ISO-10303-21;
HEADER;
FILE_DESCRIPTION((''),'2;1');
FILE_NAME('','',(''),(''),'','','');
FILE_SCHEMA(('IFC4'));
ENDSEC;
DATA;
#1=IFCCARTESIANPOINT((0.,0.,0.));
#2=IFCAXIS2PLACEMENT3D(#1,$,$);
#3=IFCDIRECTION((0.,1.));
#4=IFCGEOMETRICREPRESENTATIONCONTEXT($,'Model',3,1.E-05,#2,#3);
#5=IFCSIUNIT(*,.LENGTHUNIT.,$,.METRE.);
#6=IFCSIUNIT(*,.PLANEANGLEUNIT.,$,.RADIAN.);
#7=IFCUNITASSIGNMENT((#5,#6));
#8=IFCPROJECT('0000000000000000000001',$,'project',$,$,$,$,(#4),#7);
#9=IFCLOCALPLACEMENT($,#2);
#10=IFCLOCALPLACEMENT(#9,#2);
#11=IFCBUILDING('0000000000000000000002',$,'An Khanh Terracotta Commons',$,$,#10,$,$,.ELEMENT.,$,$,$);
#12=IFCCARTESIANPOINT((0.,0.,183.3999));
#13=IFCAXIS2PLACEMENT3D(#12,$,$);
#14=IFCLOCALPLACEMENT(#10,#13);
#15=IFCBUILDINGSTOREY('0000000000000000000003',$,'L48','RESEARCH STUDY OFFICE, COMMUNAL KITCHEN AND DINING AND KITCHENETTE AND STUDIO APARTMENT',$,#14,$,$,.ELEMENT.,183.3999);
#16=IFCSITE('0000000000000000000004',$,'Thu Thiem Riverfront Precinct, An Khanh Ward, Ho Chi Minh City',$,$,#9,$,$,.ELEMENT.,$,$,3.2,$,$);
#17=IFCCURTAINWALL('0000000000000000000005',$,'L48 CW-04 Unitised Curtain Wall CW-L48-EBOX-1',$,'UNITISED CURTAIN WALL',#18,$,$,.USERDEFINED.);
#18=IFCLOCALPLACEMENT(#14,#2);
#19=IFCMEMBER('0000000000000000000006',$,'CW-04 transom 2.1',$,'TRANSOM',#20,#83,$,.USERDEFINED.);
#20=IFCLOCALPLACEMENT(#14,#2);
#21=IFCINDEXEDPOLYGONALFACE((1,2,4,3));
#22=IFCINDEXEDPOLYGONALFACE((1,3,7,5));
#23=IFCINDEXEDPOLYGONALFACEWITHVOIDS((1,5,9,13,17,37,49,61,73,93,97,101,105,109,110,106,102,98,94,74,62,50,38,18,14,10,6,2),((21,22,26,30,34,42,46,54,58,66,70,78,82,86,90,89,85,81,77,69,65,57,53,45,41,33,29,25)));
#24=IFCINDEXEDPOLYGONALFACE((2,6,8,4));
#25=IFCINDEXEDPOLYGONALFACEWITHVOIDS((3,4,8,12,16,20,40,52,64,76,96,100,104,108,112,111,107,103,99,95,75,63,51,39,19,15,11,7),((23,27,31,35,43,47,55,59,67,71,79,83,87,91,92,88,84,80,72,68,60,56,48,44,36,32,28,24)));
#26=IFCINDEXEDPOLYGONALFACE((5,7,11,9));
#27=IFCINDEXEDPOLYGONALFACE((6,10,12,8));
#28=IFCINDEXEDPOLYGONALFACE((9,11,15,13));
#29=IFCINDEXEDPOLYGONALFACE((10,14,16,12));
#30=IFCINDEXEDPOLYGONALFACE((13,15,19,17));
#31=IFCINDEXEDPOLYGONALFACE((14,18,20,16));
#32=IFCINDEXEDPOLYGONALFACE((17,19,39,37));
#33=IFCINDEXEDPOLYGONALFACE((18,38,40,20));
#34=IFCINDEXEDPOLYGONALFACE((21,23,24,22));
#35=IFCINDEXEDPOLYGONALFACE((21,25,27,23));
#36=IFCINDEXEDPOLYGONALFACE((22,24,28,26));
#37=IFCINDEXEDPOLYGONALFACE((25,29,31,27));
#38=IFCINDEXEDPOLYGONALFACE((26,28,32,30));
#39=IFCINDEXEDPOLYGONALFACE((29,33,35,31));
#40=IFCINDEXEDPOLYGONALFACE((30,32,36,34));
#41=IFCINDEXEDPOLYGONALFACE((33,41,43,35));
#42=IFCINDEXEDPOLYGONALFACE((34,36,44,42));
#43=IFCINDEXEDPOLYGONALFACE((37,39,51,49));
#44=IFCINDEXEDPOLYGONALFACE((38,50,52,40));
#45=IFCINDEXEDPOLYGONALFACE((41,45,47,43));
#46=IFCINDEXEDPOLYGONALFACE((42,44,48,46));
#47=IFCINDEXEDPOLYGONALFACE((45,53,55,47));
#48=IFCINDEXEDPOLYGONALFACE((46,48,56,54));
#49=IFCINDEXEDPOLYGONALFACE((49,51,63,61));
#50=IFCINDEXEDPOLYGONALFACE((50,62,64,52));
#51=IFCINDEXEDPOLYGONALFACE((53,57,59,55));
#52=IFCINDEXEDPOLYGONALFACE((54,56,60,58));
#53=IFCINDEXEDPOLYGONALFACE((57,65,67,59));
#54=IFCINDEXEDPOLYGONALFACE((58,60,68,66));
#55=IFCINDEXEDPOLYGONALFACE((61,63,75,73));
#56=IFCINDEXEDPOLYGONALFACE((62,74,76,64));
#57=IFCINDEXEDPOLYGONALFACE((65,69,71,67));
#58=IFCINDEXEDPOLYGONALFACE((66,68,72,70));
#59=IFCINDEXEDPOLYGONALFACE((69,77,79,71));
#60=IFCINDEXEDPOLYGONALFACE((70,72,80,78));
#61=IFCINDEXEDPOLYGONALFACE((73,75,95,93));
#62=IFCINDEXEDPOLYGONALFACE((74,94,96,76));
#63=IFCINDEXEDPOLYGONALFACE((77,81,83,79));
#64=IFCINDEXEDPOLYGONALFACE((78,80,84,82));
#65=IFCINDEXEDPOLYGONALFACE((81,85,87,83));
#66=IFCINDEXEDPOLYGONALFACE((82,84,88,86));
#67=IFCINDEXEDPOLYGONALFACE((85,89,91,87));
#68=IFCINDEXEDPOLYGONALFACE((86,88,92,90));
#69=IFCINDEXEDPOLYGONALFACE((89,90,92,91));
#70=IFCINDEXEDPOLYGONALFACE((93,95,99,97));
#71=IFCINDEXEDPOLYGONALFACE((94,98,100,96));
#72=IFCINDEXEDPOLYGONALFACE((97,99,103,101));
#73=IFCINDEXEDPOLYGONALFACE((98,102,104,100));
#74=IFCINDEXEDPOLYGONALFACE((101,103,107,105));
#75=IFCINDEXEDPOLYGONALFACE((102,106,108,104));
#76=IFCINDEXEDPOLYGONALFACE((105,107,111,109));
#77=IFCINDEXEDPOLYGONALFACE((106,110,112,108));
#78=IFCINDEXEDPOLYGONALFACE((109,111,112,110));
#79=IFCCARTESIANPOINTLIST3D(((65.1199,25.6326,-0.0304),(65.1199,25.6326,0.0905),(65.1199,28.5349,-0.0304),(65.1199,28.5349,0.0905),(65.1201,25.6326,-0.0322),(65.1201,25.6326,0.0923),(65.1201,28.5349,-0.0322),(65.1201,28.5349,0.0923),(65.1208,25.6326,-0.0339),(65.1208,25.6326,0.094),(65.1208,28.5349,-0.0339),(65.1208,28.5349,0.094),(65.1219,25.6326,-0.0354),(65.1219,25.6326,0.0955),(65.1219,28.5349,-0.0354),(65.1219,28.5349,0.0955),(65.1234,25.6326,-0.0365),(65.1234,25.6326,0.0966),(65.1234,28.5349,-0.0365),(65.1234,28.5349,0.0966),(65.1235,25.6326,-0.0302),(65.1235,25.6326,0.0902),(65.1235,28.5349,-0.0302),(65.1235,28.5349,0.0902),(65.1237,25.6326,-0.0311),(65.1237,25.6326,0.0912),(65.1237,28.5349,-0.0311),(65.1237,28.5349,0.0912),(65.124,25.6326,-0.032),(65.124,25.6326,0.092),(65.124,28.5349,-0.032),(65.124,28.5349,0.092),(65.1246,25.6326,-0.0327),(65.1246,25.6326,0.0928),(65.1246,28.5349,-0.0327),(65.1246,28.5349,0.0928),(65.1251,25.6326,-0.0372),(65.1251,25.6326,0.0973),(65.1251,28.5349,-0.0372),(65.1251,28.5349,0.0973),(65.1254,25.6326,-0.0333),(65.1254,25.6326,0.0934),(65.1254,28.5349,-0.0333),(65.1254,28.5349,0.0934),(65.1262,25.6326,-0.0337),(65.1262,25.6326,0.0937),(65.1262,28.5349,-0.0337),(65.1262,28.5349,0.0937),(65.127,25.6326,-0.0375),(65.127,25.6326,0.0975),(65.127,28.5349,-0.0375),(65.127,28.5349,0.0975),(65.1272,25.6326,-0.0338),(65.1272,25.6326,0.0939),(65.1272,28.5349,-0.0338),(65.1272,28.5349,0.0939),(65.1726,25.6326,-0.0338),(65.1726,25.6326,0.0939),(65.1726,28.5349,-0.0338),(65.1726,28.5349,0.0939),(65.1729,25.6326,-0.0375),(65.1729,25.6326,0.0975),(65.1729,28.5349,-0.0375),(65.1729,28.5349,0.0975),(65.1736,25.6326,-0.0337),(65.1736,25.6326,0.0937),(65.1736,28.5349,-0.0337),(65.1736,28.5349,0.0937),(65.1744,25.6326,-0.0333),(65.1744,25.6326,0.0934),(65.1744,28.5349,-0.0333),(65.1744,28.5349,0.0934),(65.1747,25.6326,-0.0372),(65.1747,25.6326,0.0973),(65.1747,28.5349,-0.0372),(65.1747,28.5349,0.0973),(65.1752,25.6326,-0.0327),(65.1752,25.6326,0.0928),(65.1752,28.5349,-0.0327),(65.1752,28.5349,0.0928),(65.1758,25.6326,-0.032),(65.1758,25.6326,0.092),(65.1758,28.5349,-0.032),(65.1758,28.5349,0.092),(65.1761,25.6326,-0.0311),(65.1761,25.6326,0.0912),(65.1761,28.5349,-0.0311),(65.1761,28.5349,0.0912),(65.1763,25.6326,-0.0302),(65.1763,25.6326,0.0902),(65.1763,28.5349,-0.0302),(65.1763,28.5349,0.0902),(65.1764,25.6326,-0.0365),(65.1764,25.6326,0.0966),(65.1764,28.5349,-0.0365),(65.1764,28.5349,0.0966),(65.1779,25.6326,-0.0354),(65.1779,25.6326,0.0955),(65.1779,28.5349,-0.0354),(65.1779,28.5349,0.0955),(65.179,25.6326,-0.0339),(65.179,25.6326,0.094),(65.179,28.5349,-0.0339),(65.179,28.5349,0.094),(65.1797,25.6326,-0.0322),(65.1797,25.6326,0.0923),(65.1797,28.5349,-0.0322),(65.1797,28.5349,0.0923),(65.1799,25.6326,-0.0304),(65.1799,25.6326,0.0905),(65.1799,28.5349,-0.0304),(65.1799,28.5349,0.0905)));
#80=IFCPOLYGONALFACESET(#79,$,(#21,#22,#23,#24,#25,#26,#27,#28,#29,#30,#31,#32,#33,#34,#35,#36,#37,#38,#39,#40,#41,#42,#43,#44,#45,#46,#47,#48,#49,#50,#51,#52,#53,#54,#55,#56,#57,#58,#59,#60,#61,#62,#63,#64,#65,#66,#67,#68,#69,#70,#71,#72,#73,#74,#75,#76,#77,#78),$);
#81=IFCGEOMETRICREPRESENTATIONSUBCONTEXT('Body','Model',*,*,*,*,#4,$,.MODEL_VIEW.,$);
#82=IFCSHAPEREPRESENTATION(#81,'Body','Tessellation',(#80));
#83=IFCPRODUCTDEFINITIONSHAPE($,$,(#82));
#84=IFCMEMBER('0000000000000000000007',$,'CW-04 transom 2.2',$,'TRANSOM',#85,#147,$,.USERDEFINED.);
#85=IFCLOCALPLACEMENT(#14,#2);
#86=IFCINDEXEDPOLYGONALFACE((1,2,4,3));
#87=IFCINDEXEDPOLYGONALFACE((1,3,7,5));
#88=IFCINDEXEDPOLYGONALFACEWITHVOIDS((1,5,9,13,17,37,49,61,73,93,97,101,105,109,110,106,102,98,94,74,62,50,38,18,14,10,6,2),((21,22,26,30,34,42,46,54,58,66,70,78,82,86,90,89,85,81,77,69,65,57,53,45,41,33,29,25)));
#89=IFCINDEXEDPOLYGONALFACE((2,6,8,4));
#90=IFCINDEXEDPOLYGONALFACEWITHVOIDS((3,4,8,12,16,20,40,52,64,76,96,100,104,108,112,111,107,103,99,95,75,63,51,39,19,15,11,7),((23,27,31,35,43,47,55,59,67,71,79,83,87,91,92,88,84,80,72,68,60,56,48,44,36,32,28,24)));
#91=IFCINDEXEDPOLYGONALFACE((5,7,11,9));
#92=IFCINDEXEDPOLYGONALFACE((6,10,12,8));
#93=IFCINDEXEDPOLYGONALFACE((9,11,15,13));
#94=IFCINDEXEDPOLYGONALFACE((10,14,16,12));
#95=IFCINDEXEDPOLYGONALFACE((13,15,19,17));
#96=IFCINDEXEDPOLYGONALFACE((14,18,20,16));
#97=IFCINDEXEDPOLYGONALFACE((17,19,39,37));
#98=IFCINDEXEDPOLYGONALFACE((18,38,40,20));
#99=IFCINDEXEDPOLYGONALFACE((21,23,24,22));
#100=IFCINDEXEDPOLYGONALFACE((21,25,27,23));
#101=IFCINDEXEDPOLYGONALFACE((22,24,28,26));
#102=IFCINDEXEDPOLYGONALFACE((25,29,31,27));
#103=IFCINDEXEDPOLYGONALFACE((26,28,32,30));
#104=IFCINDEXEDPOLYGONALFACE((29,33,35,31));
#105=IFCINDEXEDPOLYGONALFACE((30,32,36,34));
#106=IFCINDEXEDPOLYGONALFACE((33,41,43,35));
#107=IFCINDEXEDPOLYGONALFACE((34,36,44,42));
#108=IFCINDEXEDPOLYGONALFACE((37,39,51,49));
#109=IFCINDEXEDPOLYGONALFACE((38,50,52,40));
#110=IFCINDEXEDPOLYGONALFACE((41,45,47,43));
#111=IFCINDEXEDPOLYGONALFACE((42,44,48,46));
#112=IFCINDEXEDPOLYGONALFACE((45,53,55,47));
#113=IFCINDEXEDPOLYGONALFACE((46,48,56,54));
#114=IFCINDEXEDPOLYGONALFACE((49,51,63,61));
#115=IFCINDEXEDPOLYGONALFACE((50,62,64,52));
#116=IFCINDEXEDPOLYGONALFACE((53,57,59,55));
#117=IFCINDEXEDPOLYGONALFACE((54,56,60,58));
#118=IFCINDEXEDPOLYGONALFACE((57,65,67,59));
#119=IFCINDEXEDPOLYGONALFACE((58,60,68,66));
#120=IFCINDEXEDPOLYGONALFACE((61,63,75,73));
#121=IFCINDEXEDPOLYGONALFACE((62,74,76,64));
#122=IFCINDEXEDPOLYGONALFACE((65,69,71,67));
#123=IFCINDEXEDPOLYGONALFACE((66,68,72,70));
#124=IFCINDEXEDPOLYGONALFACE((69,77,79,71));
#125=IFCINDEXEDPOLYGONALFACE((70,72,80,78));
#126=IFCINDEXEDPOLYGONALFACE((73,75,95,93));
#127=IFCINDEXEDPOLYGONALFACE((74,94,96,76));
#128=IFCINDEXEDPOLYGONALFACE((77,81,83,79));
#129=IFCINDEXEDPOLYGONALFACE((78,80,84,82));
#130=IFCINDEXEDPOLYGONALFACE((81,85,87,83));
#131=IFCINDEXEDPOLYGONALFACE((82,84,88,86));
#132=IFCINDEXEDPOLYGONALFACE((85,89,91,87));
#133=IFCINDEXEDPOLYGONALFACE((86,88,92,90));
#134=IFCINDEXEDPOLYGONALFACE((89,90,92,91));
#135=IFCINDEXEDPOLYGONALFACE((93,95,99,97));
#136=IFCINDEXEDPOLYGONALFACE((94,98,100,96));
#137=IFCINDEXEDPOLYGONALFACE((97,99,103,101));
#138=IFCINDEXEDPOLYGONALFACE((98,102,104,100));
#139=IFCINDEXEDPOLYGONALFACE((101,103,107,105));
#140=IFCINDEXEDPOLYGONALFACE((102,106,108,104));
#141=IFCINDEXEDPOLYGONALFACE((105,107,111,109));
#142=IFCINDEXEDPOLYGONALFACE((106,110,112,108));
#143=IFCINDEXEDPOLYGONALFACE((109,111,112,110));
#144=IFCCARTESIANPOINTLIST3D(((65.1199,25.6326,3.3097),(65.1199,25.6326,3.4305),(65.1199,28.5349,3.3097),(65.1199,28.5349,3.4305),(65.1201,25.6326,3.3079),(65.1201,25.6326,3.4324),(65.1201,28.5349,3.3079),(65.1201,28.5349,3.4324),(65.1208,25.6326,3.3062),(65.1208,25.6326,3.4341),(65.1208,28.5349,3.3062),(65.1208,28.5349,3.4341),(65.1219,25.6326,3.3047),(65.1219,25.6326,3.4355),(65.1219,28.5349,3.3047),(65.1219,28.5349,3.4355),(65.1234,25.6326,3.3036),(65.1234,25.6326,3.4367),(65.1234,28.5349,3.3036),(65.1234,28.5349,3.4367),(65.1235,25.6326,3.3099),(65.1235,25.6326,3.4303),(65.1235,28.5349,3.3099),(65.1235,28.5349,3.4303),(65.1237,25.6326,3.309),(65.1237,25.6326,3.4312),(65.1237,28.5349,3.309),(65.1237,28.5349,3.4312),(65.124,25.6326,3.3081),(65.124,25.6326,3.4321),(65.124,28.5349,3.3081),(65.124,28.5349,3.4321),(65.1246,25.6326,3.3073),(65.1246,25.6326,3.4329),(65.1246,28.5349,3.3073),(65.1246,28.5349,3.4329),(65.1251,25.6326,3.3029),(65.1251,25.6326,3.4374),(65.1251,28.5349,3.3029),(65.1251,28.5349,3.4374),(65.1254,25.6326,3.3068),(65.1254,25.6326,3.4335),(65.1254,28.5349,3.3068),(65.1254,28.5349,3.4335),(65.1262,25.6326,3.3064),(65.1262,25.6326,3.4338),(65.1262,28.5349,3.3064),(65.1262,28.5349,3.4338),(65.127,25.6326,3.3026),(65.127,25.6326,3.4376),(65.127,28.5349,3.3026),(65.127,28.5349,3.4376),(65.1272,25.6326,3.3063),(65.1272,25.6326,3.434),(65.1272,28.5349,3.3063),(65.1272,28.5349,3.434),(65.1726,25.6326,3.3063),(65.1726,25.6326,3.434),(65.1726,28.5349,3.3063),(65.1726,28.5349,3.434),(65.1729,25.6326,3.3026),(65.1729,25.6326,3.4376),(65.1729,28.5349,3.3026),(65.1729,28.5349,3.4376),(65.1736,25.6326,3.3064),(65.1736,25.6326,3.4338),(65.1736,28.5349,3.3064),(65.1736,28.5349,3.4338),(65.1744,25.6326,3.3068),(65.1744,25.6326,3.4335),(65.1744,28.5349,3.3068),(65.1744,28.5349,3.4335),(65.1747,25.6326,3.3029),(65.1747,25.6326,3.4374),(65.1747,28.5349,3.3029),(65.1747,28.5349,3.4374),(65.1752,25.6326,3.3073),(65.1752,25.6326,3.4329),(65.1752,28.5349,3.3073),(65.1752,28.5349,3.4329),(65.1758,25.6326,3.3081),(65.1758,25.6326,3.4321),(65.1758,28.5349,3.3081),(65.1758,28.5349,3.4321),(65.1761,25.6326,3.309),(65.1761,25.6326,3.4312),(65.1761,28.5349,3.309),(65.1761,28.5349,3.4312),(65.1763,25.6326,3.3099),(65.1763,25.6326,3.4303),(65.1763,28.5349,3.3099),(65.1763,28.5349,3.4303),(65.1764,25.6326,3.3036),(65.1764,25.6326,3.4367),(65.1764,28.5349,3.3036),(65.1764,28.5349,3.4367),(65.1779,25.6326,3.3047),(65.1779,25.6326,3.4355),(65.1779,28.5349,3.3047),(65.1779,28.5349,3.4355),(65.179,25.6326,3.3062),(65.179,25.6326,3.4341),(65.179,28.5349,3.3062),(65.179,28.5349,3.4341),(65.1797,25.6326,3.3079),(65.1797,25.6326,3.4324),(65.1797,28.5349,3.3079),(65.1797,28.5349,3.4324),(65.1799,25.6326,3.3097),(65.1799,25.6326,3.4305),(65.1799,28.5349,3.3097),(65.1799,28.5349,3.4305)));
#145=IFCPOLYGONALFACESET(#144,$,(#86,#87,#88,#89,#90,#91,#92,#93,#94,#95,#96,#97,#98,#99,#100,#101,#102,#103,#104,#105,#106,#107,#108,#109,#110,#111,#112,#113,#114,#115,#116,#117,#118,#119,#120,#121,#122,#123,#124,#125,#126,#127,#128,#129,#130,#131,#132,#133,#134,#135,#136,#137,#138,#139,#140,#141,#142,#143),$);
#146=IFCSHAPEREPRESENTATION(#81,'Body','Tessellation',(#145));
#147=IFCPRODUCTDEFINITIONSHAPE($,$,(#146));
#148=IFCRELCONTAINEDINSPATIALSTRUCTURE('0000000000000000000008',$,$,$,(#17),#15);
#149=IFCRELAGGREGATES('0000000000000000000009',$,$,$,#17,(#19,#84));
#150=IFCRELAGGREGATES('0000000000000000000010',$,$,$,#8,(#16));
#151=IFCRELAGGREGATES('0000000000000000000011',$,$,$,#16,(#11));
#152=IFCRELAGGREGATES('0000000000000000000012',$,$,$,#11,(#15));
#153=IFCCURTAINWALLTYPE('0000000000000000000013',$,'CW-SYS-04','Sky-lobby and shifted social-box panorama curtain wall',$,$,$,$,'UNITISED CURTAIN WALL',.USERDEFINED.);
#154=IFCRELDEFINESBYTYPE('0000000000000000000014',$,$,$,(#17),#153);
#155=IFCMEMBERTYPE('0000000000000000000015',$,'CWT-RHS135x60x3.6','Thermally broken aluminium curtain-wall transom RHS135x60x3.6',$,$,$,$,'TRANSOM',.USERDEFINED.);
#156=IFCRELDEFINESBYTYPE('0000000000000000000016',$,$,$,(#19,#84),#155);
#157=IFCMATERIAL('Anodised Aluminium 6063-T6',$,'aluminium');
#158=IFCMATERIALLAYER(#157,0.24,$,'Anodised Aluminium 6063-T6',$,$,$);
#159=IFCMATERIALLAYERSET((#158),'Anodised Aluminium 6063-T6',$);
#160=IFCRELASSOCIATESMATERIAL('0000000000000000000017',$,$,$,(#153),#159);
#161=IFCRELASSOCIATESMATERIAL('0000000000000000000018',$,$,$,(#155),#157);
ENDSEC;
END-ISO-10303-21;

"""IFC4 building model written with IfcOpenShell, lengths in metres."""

from ifc_helpers import new_model, si_unit, direction, frame, origin, origin_2d, place, context, subcontext, project, spatial, hollow_rectangle, extrude, material, layer, layer_set, material_profile, profile_set, type_object, element, aggregate, save


model = new_model("IFC4")

# Units and contexts
model_context = context("Model", 3, precision=1e-05, world=origin(), true_north=direction((0.0, 1.0)))
body_context = subcontext(model_context, "Body", "Model", "MODEL_VIEW")
ifc_project = project(units=[si_unit("LENGTHUNIT", "METRE"), si_unit("PLANEANGLEUNIT", "RADIAN")], contexts=[model_context])

# Site, building, storey
site_placement = place(None, origin())
site = spatial("IfcSite", under=ifc_project, at=site_placement, Name="Thu Thiem Riverfront Precinct, An Khanh Ward, Ho Chi Minh City", CompositionType="ELEMENT", RefElevation=3.2)
building_placement = place(site_placement, origin())
building = spatial("IfcBuilding", under=site, at=building_placement, Name="An Khanh Terracotta Commons", CompositionType="ELEMENT")
storey_placement = place(building_placement, frame((0.0, 0.0, 183.3999)))
storey = spatial("IfcBuildingStorey", under=building, at=storey_placement, Name="L48", Description="RESEARCH STUDY OFFICE, COMMUNAL KITCHEN AND DINING AND KITCHENETTE AND STUDIO APARTMENT", CompositionType="ELEMENT", Elevation=183.3999)

# Curtain wall
ifc_material_1 = material(Name="Anodised Aluminium 6063-T6", Category="aluminium")
ifc_layer_1 = layer(ifc_material_1, 0.24, Name="Anodised Aluminium 6063-T6")
ifc_layer_set_1 = layer_set([ifc_layer_1], Name="Anodised Aluminium 6063-T6")
curtain_wall_type_1 = type_object("IfcCurtainWallType", Name="CW-SYS-04", Description="Sky-lobby and shifted social-box panorama curtain wall", ElementType="UNITISED CURTAIN WALL", PredefinedType="USERDEFINED", material=ifc_layer_set_1)
curtain_wall_1_placement = place(storey_placement, origin())
curtain_wall_1 = element("IfcCurtainWall", 1, at=curtain_wall_1_placement, inside=storey, type_object=curtain_wall_type_1, Name="L48 CW-04 Unitised Curtain Wall CW-L48-EBOX-1", ObjectType="UNITISED CURTAIN WALL", PredefinedType="USERDEFINED")

# Members
ifc_material_profile_1 = material_profile(ifc_material_1, hollow_rectangle(XDim=0.0601, YDim=0.135, WallThickness=0.0037, InnerFilletRadius=0.0037, OuterFilletRadius=0.0071, at=origin_2d()), Name="RHS135x60x3.6")
ifc_profile_set_1 = profile_set([ifc_material_profile_1], Name="Anodised Aluminium 6063-T6")
member_type_1 = type_object("IfcMemberType", Name="CWT-RHS135x60x3.6", Description="Thermally broken aluminium curtain-wall transom RHS135x60x3.6", ElementType="TRANSOM", PredefinedType="USERDEFINED", material=ifc_profile_set_1)
member_1_placement = place(storey_placement, frame((65.1499, 25.6326, 0.03), z_axis=(0.0, 1.0, 0.0), x_axis=(-1.0, 0.0, 0.0)))
member_1 = element("IfcMember", 2, at=member_1_placement, type_object=member_type_1, Name="CW-04 transom 2.1", ObjectType="TRANSOM", PredefinedType="USERDEFINED", context=body_context, shape_type="SweptSolid", body=[
    extrude(hollow_rectangle(XDim=0.0601, YDim=0.135, WallThickness=0.0037, InnerFilletRadius=0.0037, OuterFilletRadius=0.0071, at=origin_2d()), origin(), (0.0, 0.0, 1.0), 2.9023),
])
member_2_placement = place(storey_placement, frame((65.1499, 25.6326, 3.3701), z_axis=(0.0, 1.0, 0.0), x_axis=(-1.0, 0.0, 0.0)))
member_2 = element("IfcMember", 3, at=member_2_placement, type_object=member_type_1, Name="CW-04 transom 2.2", ObjectType="TRANSOM", PredefinedType="USERDEFINED", context=body_context, shape_type="SweptSolid", body=[
    extrude(hollow_rectangle(XDim=0.0601, YDim=0.135, WallThickness=0.0037, InnerFilletRadius=0.0037, OuterFilletRadius=0.0071, at=origin_2d()), origin(), (0.0, 0.0, 1.0), 2.9023),
])

aggregate(curtain_wall_1, [member_1, member_2])

save(model, "model.ifc")
